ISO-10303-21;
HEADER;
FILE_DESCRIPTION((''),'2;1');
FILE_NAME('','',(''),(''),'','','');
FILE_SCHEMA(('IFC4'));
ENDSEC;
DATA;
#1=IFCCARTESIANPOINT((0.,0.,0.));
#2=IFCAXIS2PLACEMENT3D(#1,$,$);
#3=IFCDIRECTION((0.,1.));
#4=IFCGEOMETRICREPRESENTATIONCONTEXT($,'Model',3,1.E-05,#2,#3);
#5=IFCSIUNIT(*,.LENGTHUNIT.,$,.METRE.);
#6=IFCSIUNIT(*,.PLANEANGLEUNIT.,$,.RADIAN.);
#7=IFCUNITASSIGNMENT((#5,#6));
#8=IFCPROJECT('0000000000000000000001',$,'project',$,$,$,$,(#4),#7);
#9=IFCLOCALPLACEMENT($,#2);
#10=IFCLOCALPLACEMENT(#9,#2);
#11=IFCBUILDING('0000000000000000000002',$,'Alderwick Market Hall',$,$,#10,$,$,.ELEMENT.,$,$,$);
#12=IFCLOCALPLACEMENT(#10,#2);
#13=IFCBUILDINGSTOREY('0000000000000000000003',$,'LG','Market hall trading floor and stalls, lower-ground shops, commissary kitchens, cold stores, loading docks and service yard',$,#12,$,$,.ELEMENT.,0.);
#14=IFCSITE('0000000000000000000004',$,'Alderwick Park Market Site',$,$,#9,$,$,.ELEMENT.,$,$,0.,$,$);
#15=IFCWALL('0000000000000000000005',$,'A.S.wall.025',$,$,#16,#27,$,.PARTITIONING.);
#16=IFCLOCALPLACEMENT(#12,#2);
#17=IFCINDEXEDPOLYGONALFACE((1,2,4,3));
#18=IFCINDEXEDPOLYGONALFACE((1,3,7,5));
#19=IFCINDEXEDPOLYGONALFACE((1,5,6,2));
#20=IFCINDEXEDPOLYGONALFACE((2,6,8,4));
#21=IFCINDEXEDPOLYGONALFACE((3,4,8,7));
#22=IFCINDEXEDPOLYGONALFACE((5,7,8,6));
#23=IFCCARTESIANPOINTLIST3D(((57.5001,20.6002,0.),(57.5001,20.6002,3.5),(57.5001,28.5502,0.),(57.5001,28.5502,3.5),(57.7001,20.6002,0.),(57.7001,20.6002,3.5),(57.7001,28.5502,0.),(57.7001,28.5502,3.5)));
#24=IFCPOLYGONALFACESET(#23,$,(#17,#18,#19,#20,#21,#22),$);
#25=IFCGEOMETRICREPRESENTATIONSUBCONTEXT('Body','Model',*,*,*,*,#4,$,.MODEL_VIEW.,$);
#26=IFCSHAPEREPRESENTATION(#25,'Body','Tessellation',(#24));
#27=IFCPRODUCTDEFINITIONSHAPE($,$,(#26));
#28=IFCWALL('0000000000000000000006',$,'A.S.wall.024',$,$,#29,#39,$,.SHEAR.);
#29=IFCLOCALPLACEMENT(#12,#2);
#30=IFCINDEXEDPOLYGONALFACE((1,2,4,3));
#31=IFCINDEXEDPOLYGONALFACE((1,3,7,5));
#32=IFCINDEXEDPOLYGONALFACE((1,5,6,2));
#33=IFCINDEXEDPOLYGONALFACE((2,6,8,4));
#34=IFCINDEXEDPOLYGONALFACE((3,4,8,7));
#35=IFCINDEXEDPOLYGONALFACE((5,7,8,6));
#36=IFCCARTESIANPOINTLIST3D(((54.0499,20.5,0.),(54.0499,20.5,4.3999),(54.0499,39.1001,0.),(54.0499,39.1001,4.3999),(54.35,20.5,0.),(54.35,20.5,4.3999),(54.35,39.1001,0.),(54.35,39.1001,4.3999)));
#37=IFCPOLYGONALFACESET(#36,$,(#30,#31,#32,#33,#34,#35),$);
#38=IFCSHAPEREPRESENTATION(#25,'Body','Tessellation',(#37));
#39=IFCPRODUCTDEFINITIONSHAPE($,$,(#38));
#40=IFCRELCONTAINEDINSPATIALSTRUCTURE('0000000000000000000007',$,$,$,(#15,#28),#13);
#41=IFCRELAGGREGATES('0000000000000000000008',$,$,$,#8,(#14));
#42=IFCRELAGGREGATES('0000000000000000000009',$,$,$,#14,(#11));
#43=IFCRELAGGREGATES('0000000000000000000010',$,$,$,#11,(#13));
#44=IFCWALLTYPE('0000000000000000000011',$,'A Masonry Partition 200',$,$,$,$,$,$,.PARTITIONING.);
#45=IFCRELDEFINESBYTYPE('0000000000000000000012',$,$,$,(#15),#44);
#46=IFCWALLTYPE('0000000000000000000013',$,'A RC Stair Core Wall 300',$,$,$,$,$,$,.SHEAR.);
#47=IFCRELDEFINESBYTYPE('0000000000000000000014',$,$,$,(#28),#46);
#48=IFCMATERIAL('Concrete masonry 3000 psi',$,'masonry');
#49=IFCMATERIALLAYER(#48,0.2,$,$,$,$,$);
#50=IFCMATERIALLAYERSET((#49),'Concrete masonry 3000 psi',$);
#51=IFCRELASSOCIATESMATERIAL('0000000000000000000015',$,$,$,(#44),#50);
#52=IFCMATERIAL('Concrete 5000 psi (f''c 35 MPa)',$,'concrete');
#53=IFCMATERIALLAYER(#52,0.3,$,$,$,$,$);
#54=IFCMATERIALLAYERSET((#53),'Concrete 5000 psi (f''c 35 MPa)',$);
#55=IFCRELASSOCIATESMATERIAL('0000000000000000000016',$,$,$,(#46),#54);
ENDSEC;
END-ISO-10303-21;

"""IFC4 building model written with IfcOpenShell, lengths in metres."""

from ifc_helpers import new_model, si_unit, direction, frame, frame_2d, origin, place, context, subcontext, project, spatial, rectangle, extrude, material, layer, layer_set, type_object, element, save


model = new_model("IFC4")

# Units and contexts
model_context = context("Model", 3, precision=1e-05, world=origin(), true_north=direction((0.0, 1.0)))
body_context = subcontext(model_context, "Body", "Model", "MODEL_VIEW")
ifc_project = project(units=[si_unit("LENGTHUNIT", "METRE"), si_unit("PLANEANGLEUNIT", "RADIAN")], contexts=[model_context])

# Site, building, storey
site_placement = place(None, origin())
site = spatial("IfcSite", under=ifc_project, at=site_placement, Name="Alderwick Park Market Site", CompositionType="ELEMENT", RefElevation=0.0)
building_placement = place(site_placement, origin())
building = spatial("IfcBuilding", under=site, at=building_placement, Name="Alderwick Market Hall", CompositionType="ELEMENT")
storey_placement = place(building_placement, origin())
storey = spatial("IfcBuildingStorey", under=building, at=storey_placement, Name="LG", Description="Market hall trading floor and stalls, lower-ground shops, commissary kitchens, cold stores, loading docks and service yard", CompositionType="ELEMENT", Elevation=0.0)

# Shared definitions
ifc_material_1 = material(Name="Concrete masonry 3000 psi", Category="masonry")
ifc_layer_1 = layer(ifc_material_1, 0.2)
ifc_layer_set_1 = layer_set([ifc_layer_1], Name="Concrete masonry 3000 psi")
wall_type_1 = type_object("IfcWallType", Name="A Masonry Partition 200", PredefinedType="PARTITIONING", material=ifc_layer_set_1)

# Walls
wall_1_placement = place(storey_placement, frame((57.6001, 20.6001, 0.0), z_axis=(0.0, 0.0, 1.0), x_axis=(0.0, 1.0, 0.0)))
element("IfcWall", 1, at=wall_1_placement, inside=storey, type_object=wall_type_1, Name="A.S.wall.025", PredefinedType="PARTITIONING", context=body_context, shape_type="SweptSolid", body=[
    extrude(rectangle(XDim=7.95, YDim=0.2, at=frame_2d((3.9751, 0.0))), origin(), (0.0, 0.0, 1.0), 3.5),
])
ifc_material_2 = material(Name="Concrete 5000 psi (f'c 35 MPa)", Category="concrete")
ifc_layer_2 = layer(ifc_material_2, 0.3)
ifc_layer_set_2 = layer_set([ifc_layer_2], Name="Concrete 5000 psi (f'c 35 MPa)")
wall_type_2 = type_object("IfcWallType", Name="A RC Stair Core Wall 300", PredefinedType="SHEAR", material=ifc_layer_set_2)
wall_2_placement = place(storey_placement, frame((54.2, 20.5, 0.0), z_axis=(0.0, 0.0, 1.0), x_axis=(0.0, 1.0, 0.0)))
element("IfcWall", 2, at=wall_2_placement, inside=storey, type_object=wall_type_2, Name="A.S.wall.024", PredefinedType="SHEAR", context=body_context, shape_type="SweptSolid", body=[
    extrude(rectangle(XDim=18.6001, YDim=0.3, at=frame_2d((9.3, 0.0))), origin(), (0.0, 0.0, 1.0), 4.3999),
])

save(model, "model.ifc")
